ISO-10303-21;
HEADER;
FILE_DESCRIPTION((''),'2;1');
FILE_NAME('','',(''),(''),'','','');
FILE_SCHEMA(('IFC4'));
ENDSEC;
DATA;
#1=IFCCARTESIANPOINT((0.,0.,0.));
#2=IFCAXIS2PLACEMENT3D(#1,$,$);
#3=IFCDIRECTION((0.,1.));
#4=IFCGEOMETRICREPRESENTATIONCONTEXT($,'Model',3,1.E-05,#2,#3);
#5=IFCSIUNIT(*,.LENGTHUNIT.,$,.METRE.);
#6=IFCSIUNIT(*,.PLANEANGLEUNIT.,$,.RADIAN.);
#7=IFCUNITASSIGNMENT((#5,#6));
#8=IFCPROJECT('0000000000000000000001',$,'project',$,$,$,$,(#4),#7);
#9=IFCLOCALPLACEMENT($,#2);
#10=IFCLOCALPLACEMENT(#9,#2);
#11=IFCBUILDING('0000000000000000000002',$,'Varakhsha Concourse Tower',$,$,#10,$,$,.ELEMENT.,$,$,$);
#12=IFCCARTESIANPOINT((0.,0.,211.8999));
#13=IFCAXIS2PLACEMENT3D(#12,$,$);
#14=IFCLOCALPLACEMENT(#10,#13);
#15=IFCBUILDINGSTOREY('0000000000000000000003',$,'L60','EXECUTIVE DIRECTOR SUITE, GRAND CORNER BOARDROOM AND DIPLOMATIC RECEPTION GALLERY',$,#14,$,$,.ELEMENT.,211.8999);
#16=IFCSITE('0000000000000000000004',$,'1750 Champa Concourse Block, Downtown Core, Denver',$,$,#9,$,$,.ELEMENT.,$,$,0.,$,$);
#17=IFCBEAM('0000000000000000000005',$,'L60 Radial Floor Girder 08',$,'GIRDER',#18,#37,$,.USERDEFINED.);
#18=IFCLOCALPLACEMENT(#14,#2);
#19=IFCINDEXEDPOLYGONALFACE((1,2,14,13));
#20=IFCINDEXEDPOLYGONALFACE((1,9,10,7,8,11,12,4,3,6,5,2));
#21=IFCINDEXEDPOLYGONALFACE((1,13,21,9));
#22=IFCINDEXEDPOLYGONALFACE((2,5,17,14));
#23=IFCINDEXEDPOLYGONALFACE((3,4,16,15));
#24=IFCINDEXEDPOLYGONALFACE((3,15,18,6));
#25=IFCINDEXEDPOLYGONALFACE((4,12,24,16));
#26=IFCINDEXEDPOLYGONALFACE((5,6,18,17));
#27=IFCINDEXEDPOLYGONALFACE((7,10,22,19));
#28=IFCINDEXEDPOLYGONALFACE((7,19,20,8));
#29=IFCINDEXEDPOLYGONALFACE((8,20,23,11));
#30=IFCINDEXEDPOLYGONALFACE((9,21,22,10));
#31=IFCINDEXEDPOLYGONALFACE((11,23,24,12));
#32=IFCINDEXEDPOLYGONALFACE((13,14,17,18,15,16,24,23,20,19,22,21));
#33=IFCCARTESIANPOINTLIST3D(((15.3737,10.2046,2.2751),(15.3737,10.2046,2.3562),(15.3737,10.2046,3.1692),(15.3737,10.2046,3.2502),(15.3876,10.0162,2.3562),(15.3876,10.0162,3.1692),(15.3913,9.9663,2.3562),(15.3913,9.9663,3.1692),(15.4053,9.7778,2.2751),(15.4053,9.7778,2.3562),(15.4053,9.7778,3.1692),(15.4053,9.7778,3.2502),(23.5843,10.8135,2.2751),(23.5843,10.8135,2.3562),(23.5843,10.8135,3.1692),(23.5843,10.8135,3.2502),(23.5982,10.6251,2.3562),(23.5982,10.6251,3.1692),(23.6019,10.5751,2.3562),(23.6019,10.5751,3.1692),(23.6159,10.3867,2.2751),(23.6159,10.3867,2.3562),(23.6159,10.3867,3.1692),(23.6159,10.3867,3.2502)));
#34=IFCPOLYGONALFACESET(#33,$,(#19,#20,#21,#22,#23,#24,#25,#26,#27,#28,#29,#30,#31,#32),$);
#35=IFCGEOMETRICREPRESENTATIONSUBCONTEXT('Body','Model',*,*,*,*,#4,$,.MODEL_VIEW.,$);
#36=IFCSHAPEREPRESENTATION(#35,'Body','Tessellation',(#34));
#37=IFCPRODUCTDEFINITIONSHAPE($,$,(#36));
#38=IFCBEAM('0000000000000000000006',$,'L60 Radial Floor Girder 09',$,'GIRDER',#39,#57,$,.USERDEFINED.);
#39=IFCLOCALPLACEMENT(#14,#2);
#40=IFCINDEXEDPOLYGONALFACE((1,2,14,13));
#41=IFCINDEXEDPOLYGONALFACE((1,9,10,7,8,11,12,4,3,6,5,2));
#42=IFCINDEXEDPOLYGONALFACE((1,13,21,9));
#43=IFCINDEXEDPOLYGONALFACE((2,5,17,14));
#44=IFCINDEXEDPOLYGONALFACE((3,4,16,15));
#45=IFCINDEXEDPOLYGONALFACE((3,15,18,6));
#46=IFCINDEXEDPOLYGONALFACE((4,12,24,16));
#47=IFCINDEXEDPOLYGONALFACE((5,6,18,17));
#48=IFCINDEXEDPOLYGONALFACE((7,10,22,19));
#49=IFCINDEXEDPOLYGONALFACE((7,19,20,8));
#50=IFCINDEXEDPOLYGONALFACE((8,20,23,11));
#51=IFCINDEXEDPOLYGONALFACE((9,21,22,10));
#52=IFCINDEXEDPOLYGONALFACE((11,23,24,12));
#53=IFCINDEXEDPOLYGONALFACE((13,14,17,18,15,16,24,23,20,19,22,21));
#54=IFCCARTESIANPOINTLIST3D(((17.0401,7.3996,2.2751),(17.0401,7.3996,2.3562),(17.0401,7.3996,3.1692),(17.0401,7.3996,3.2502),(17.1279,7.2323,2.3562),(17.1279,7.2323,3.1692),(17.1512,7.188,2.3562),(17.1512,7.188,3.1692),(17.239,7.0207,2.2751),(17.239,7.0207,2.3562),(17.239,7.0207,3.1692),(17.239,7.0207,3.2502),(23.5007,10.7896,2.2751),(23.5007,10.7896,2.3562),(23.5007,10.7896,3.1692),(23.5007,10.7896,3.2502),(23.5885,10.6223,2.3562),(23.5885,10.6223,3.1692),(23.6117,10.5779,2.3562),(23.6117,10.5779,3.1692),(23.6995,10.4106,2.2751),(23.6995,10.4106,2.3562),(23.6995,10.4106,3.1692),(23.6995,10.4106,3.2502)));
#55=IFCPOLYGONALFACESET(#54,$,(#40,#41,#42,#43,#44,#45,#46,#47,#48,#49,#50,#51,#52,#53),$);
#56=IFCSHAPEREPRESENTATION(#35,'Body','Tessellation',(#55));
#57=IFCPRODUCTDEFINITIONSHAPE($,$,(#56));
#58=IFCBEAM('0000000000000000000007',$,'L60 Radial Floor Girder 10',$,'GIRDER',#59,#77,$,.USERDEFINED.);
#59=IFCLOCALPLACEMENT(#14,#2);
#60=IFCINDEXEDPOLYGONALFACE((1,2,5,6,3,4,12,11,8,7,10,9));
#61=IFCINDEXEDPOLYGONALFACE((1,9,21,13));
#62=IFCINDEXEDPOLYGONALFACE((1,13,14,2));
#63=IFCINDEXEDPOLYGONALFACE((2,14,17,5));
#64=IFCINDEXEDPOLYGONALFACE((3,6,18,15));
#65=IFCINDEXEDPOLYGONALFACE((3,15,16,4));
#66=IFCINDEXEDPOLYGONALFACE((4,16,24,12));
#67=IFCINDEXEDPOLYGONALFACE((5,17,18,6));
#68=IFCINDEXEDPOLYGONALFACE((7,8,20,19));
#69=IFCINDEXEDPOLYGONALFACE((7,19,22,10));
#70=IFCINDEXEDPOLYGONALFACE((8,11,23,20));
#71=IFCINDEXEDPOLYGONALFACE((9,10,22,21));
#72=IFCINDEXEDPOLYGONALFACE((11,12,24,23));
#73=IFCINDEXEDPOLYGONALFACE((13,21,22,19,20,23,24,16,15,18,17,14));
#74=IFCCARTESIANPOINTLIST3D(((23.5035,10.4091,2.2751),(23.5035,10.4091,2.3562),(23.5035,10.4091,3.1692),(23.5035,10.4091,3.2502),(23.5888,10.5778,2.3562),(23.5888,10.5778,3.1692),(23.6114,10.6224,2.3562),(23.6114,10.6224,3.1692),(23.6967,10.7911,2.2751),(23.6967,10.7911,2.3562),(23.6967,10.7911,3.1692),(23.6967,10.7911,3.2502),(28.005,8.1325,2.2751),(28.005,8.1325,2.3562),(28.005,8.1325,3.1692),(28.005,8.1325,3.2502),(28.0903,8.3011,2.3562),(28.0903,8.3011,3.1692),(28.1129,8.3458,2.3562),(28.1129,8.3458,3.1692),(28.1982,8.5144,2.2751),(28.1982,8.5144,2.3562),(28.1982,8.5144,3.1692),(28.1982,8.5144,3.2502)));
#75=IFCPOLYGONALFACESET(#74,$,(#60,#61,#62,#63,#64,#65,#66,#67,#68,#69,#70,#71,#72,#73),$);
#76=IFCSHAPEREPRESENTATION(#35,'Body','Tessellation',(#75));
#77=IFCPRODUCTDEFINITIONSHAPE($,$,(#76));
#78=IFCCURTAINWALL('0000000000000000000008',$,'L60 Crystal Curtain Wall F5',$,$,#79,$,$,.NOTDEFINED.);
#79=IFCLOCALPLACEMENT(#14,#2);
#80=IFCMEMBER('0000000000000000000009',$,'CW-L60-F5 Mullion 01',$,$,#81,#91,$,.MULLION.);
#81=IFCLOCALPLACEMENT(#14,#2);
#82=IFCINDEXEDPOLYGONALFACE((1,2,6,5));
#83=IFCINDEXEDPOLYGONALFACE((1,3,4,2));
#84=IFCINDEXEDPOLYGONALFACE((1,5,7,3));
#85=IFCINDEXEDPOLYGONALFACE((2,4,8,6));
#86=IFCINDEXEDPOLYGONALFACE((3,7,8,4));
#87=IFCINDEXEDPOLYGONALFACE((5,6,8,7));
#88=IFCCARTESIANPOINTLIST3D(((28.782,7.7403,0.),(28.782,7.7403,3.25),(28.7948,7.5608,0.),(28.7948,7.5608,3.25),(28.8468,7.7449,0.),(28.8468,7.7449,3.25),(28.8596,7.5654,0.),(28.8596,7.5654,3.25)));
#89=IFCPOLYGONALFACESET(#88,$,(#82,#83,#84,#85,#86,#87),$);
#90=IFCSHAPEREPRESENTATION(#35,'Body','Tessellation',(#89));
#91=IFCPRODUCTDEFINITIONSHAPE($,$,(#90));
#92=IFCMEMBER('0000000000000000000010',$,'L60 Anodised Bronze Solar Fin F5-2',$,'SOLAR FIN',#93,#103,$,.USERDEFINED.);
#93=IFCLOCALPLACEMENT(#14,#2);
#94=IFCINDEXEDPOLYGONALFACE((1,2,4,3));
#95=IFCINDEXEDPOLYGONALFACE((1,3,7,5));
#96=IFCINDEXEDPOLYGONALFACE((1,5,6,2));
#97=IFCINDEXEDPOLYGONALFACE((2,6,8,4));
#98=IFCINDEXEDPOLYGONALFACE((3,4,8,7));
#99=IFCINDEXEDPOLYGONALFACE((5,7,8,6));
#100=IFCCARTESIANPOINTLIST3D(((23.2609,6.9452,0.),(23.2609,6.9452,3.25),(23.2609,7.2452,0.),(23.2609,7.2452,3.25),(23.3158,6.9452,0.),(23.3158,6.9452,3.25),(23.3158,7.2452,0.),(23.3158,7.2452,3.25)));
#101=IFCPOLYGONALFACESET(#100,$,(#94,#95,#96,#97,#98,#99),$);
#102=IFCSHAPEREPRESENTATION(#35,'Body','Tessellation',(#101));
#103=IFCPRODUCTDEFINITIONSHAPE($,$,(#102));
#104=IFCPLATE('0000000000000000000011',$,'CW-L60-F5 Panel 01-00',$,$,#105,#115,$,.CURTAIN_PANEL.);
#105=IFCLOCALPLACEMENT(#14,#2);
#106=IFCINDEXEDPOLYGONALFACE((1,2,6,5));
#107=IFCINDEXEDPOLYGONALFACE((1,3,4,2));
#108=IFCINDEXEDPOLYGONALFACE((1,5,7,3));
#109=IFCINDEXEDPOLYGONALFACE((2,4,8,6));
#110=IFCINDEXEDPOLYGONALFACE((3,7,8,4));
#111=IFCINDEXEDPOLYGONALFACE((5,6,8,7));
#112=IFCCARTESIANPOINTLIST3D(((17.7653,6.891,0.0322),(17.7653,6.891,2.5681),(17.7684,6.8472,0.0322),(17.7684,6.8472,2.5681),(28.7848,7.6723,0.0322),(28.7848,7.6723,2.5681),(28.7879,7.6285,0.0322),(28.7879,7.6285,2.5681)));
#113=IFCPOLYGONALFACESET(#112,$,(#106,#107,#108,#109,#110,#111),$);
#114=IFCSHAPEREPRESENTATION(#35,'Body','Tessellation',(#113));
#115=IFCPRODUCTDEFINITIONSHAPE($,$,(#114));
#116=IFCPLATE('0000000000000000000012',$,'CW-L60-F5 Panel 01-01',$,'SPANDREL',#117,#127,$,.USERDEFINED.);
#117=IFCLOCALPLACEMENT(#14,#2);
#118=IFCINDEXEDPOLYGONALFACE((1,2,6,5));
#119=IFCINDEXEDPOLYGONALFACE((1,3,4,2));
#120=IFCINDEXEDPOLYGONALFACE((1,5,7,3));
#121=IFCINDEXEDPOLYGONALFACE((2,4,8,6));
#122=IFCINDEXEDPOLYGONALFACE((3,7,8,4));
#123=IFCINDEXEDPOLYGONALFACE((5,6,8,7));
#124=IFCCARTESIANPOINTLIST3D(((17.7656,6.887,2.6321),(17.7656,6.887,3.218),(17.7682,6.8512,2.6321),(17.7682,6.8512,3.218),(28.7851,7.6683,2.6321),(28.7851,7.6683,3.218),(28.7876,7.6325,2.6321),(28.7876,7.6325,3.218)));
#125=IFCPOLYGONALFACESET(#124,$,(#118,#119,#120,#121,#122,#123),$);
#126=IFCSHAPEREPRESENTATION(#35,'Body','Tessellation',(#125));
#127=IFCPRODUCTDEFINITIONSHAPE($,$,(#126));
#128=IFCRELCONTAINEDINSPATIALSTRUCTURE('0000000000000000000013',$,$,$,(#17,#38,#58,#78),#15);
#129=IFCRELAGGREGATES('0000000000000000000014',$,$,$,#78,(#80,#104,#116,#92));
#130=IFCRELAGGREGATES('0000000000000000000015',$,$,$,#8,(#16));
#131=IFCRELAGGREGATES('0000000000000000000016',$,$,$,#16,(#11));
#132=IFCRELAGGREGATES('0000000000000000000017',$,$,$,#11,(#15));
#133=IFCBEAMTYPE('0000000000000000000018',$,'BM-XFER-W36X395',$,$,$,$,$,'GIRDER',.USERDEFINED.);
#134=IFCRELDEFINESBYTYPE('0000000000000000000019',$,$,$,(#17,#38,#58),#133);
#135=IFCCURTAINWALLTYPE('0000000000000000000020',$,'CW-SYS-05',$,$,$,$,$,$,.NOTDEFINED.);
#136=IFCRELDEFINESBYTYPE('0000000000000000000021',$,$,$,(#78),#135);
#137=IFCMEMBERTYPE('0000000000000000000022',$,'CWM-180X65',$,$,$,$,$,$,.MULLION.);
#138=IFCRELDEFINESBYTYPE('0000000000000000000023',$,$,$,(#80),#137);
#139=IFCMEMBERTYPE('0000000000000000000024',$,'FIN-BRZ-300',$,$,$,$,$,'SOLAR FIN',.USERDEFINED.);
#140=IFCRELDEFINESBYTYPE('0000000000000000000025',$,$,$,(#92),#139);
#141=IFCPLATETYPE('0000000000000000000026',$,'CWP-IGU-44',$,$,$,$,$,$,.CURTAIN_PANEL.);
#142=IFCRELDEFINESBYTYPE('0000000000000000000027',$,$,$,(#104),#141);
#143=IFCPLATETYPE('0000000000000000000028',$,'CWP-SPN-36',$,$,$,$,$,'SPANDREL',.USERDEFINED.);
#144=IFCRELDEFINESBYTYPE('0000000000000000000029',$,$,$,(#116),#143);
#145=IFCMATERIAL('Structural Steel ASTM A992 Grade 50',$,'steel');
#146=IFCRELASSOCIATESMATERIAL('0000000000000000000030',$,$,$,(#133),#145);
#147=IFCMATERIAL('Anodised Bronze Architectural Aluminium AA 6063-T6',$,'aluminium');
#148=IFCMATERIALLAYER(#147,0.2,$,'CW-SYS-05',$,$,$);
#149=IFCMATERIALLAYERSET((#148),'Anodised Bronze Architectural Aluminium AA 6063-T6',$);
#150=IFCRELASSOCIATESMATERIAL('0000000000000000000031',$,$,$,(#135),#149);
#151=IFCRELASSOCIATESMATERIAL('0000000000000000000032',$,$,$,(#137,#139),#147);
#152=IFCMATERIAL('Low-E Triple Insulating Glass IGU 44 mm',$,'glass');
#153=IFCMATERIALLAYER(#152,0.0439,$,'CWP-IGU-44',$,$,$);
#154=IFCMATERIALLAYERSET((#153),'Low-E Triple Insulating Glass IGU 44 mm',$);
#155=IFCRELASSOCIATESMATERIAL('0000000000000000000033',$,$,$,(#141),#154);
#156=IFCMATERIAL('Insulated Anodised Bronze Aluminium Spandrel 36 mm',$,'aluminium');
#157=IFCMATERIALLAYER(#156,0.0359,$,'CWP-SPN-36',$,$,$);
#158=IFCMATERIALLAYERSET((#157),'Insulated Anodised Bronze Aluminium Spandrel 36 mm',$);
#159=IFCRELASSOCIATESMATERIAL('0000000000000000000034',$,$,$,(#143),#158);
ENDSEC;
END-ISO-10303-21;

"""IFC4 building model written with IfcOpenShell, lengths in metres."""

from ifc_helpers import new_model, si_unit, direction, frame, origin, origin_2d, place, context, subcontext, project, spatial, rectangle, i_section, extrude, source, transform, mapped, material, layer, layer_set, material_profile, profile_set, type_object, type_shapes, element, aggregate, save


model = new_model("IFC4")

# Units and contexts
model_context = context("Model", 3, precision=1e-05, world=origin(), true_north=direction((0.0, 1.0)))
body_context = subcontext(model_context, "Body", "Model", "MODEL_VIEW")
ifc_project = project(units=[si_unit("LENGTHUNIT", "METRE"), si_unit("PLANEANGLEUNIT", "RADIAN")], contexts=[model_context])

# Site, building, storey
site_placement = place(None, origin())
site = spatial("IfcSite", under=ifc_project, at=site_placement, Name="1750 Champa Concourse Block, Downtown Core, Denver", CompositionType="ELEMENT", RefElevation=0.0)
building_placement = place(site_placement, origin())
building = spatial("IfcBuilding", under=site, at=building_placement, Name="Varakhsha Concourse Tower", CompositionType="ELEMENT")
storey_placement = place(building_placement, frame((0.0, 0.0, 211.8999)))
storey = spatial("IfcBuildingStorey", under=building, at=storey_placement, Name="L60", Description="EXECUTIVE DIRECTOR SUITE, GRAND CORNER BOARDROOM AND DIPLOMATIC RECEPTION GALLERY", CompositionType="ELEMENT", Elevation=211.8999)

# Shared definitions
ifc_material_1 = material(Name="Structural Steel ASTM A992 Grade 50", Category="steel")

# Beams
ifc_material_profile_1 = material_profile(ifc_material_1, i_section(OverallWidth=0.428, OverallDepth=0.9751, WebThickness=0.05, FlangeThickness=0.0811, at=origin_2d()), Name="W36X395")
ifc_profile_set_1 = profile_set([ifc_material_profile_1], Name="Structural Steel ASTM A992 Grade 50")
beam_type_1 = type_object("IfcBeamType", Name="BM-XFER-W36X395", ElementType="GIRDER", PredefinedType="USERDEFINED", material=ifc_profile_set_1)
beam_1_placement = place(storey_placement, frame((23.6001, 10.6001, 2.7627), z_axis=(-0.997262, -0.073955, 0.0), x_axis=(0.073955, -0.997262, 0.0)))
element("IfcBeam", 1, at=beam_1_placement, inside=storey, type_object=beam_type_1, Name="L60 Radial Floor Girder 08", ObjectType="GIRDER", PredefinedType="USERDEFINED", context=body_context, shape_type="SweptSolid", body=[
    extrude(i_section(OverallWidth=0.428, OverallDepth=0.9751, WebThickness=0.05, FlangeThickness=0.0811, at=origin_2d()), origin(), (0.0, 0.0, 1.0), 8.2332),
])
beam_2_placement = place(storey_placement, frame((23.6001, 10.6001, 2.7627), z_axis=(-0.885502, -0.464636, 0.0), x_axis=(0.464636, -0.885502, 0.0)))
element("IfcBeam", 2, at=beam_2_placement, inside=storey, type_object=beam_type_1, Name="L60 Radial Floor Girder 09", ObjectType="GIRDER", PredefinedType="USERDEFINED", context=body_context, shape_type="SweptSolid", body=[
    extrude(i_section(OverallWidth=0.428, OverallDepth=0.9751, WebThickness=0.05, FlangeThickness=0.0811, at=origin_2d()), origin(), (0.0, 0.0, 1.0), 7.2959),
])
beam_3_placement = place(storey_placement, frame((23.6001, 10.6001, 2.7627), z_axis=(0.892366, -0.451313, 0.0), x_axis=(0.451313, 0.892366, 0.0)))
element("IfcBeam", 3, at=beam_3_placement, inside=storey, type_object=beam_type_1, Name="L60 Radial Floor Girder 10", ObjectType="GIRDER", PredefinedType="USERDEFINED", context=body_context, shape_type="SweptSolid", body=[
    extrude(i_section(OverallWidth=0.428, OverallDepth=0.9751, WebThickness=0.05, FlangeThickness=0.0811, at=origin_2d()), origin(), (0.0, 0.0, 1.0), 5.0444),
])

# Curtain wall, members, plates
ifc_material_2 = material(Name="Anodised Bronze Architectural Aluminium AA 6063-T6", Category="aluminium")
ifc_layer_1 = layer(ifc_material_2, 0.2, Name="CW-SYS-05")
ifc_layer_set_1 = layer_set([ifc_layer_1], Name="Anodised Bronze Architectural Aluminium AA 6063-T6")
curtain_wall_type = type_object("IfcCurtainWallType", Name="CW-SYS-05", PredefinedType="NOTDEFINED", material=ifc_layer_set_1)
curtain_wall_placement = place(storey_placement, origin())
curtain_wall = element("IfcCurtainWall", 4, at=curtain_wall_placement, inside=storey, type_object=curtain_wall_type, Name="L60 Crystal Curtain Wall F5", PredefinedType="NOTDEFINED")
ifc_material_profile_2 = material_profile(ifc_material_2, rectangle(XDim=0.0649, YDim=0.1799, at=origin_2d()), Name="CWM-180X65")
ifc_profile_set_2 = profile_set([ifc_material_profile_2], Name="Anodised Bronze Architectural Aluminium AA 6063-T6")
member_type_1 = type_object("IfcMemberType", Name="CWM-180X65", PredefinedType="MULLION", material=ifc_profile_set_2)
shared_shape_1 = source(origin(), body_context, "Body", "SweptSolid", [
    extrude(rectangle(XDim=0.0649, YDim=0.1799, at=origin_2d()), origin(), (0.0, 0.0, 1.0), 3.25),
])
type_shapes(member_type_1, [shared_shape_1])
member_1_placement = place(storey_placement, frame((28.8208, 7.6528, 0.0), z_axis=(0.0, 0.0, 1.0), x_axis=(-0.997496, -0.070723, 0.0)))
member_1 = element("IfcMember", 5, at=member_1_placement, type_object=member_type_1, Name="CW-L60-F5 Mullion 01", PredefinedType="MULLION", context=body_context, shape_type="MappedRepresentation", body=[
    mapped(shared_shape_1, transform((0.0, 0.0, 0.0), scale=1.0)),
])
ifc_material_profile_3 = material_profile(ifc_material_2, rectangle(XDim=0.0549, YDim=0.3, at=origin_2d()), Name="FIN-BRZ-300")
ifc_profile_set_3 = profile_set([ifc_material_profile_3], Name="Anodised Bronze Architectural Aluminium AA 6063-T6")
member_type_2 = type_object("IfcMemberType", Name="FIN-BRZ-300", ElementType="SOLAR FIN", PredefinedType="USERDEFINED", material=ifc_profile_set_3)
shared_shape_2 = source(origin(), body_context, "Body", "SweptSolid", [
    extrude(rectangle(XDim=0.0549, YDim=0.3, at=origin_2d()), origin(), (0.0, 0.0, 1.0), 3.25),
])
type_shapes(member_type_2, [shared_shape_2])
member_2_placement = place(storey_placement, frame((23.2883, 7.0952, 0.0), z_axis=(0.0, 0.0, 1.0), x_axis=(1.0, 0.0, 0.0)))
member_2 = element("IfcMember", 6, at=member_2_placement, type_object=member_type_2, Name="L60 Anodised Bronze Solar Fin F5-2", ObjectType="SOLAR FIN", PredefinedType="USERDEFINED", context=body_context, shape_type="MappedRepresentation", body=[
    mapped(shared_shape_2, transform((0.0, 0.0, 0.0), scale=1.0)),
])
ifc_material_3 = material(Name="Low-E Triple Insulating Glass IGU 44 mm", Category="glass")
ifc_layer_2 = layer(ifc_material_3, 0.0439, Name="CWP-IGU-44")
ifc_layer_set_2 = layer_set([ifc_layer_2], Name="Low-E Triple Insulating Glass IGU 44 mm")
plate_type_1 = type_object("IfcPlateType", Name="CWP-IGU-44", PredefinedType="CURTAIN_PANEL", material=ifc_layer_set_2)
shared_shape_3 = source(origin(), body_context, "Body", "SweptSolid", [
    extrude(rectangle(XDim=11.0471, YDim=0.0439, at=origin_2d()), origin(), (0.0, 0.0, 1.0), 2.5359),
])
type_shapes(plate_type_1, [shared_shape_3])
plate_1_placement = place(storey_placement, frame((23.2766, 7.2598, 0.0322), z_axis=(0.0, 0.0, 1.0), x_axis=(-0.997496, -0.070723, 0.0)))
plate_1 = element("IfcPlate", 7, at=plate_1_placement, type_object=plate_type_1, Name="CW-L60-F5 Panel 01-00", PredefinedType="CURTAIN_PANEL", context=body_context, shape_type="MappedRepresentation", body=[
    mapped(shared_shape_3, transform((0.0, 0.0, 0.0), scale=1.0)),
])
ifc_material_4 = material(Name="Insulated Anodised Bronze Aluminium Spandrel 36 mm", Category="aluminium")
ifc_layer_3 = layer(ifc_material_4, 0.0359, Name="CWP-SPN-36")
ifc_layer_set_3 = layer_set([ifc_layer_3], Name="Insulated Anodised Bronze Aluminium Spandrel 36 mm")
plate_type_2 = type_object("IfcPlateType", Name="CWP-SPN-36", ElementType="SPANDREL", PredefinedType="USERDEFINED", material=ifc_layer_set_3)
shared_shape_4 = source(origin(), body_context, "Body", "SweptSolid", [
    extrude(rectangle(XDim=11.0471, YDim=0.0359, at=origin_2d()), origin(), (0.0, 0.0, 1.0), 0.5859),
])
type_shapes(plate_type_2, [shared_shape_4])
plate_2_placement = place(storey_placement, frame((23.2766, 7.2598, 2.6321), z_axis=(0.0, 0.0, 1.0), x_axis=(-0.997496, -0.070723, 0.0)))
plate_2 = element("IfcPlate", 8, at=plate_2_placement, type_object=plate_type_2, Name="CW-L60-F5 Panel 01-01", ObjectType="SPANDREL", PredefinedType="USERDEFINED", context=body_context, shape_type="MappedRepresentation", body=[
    mapped(shared_shape_4, transform((0.0, 0.0, 0.0), scale=1.0)),
])
aggregate(curtain_wall, [member_1, plate_1, plate_2, member_2])

save(model, "model.ifc")
